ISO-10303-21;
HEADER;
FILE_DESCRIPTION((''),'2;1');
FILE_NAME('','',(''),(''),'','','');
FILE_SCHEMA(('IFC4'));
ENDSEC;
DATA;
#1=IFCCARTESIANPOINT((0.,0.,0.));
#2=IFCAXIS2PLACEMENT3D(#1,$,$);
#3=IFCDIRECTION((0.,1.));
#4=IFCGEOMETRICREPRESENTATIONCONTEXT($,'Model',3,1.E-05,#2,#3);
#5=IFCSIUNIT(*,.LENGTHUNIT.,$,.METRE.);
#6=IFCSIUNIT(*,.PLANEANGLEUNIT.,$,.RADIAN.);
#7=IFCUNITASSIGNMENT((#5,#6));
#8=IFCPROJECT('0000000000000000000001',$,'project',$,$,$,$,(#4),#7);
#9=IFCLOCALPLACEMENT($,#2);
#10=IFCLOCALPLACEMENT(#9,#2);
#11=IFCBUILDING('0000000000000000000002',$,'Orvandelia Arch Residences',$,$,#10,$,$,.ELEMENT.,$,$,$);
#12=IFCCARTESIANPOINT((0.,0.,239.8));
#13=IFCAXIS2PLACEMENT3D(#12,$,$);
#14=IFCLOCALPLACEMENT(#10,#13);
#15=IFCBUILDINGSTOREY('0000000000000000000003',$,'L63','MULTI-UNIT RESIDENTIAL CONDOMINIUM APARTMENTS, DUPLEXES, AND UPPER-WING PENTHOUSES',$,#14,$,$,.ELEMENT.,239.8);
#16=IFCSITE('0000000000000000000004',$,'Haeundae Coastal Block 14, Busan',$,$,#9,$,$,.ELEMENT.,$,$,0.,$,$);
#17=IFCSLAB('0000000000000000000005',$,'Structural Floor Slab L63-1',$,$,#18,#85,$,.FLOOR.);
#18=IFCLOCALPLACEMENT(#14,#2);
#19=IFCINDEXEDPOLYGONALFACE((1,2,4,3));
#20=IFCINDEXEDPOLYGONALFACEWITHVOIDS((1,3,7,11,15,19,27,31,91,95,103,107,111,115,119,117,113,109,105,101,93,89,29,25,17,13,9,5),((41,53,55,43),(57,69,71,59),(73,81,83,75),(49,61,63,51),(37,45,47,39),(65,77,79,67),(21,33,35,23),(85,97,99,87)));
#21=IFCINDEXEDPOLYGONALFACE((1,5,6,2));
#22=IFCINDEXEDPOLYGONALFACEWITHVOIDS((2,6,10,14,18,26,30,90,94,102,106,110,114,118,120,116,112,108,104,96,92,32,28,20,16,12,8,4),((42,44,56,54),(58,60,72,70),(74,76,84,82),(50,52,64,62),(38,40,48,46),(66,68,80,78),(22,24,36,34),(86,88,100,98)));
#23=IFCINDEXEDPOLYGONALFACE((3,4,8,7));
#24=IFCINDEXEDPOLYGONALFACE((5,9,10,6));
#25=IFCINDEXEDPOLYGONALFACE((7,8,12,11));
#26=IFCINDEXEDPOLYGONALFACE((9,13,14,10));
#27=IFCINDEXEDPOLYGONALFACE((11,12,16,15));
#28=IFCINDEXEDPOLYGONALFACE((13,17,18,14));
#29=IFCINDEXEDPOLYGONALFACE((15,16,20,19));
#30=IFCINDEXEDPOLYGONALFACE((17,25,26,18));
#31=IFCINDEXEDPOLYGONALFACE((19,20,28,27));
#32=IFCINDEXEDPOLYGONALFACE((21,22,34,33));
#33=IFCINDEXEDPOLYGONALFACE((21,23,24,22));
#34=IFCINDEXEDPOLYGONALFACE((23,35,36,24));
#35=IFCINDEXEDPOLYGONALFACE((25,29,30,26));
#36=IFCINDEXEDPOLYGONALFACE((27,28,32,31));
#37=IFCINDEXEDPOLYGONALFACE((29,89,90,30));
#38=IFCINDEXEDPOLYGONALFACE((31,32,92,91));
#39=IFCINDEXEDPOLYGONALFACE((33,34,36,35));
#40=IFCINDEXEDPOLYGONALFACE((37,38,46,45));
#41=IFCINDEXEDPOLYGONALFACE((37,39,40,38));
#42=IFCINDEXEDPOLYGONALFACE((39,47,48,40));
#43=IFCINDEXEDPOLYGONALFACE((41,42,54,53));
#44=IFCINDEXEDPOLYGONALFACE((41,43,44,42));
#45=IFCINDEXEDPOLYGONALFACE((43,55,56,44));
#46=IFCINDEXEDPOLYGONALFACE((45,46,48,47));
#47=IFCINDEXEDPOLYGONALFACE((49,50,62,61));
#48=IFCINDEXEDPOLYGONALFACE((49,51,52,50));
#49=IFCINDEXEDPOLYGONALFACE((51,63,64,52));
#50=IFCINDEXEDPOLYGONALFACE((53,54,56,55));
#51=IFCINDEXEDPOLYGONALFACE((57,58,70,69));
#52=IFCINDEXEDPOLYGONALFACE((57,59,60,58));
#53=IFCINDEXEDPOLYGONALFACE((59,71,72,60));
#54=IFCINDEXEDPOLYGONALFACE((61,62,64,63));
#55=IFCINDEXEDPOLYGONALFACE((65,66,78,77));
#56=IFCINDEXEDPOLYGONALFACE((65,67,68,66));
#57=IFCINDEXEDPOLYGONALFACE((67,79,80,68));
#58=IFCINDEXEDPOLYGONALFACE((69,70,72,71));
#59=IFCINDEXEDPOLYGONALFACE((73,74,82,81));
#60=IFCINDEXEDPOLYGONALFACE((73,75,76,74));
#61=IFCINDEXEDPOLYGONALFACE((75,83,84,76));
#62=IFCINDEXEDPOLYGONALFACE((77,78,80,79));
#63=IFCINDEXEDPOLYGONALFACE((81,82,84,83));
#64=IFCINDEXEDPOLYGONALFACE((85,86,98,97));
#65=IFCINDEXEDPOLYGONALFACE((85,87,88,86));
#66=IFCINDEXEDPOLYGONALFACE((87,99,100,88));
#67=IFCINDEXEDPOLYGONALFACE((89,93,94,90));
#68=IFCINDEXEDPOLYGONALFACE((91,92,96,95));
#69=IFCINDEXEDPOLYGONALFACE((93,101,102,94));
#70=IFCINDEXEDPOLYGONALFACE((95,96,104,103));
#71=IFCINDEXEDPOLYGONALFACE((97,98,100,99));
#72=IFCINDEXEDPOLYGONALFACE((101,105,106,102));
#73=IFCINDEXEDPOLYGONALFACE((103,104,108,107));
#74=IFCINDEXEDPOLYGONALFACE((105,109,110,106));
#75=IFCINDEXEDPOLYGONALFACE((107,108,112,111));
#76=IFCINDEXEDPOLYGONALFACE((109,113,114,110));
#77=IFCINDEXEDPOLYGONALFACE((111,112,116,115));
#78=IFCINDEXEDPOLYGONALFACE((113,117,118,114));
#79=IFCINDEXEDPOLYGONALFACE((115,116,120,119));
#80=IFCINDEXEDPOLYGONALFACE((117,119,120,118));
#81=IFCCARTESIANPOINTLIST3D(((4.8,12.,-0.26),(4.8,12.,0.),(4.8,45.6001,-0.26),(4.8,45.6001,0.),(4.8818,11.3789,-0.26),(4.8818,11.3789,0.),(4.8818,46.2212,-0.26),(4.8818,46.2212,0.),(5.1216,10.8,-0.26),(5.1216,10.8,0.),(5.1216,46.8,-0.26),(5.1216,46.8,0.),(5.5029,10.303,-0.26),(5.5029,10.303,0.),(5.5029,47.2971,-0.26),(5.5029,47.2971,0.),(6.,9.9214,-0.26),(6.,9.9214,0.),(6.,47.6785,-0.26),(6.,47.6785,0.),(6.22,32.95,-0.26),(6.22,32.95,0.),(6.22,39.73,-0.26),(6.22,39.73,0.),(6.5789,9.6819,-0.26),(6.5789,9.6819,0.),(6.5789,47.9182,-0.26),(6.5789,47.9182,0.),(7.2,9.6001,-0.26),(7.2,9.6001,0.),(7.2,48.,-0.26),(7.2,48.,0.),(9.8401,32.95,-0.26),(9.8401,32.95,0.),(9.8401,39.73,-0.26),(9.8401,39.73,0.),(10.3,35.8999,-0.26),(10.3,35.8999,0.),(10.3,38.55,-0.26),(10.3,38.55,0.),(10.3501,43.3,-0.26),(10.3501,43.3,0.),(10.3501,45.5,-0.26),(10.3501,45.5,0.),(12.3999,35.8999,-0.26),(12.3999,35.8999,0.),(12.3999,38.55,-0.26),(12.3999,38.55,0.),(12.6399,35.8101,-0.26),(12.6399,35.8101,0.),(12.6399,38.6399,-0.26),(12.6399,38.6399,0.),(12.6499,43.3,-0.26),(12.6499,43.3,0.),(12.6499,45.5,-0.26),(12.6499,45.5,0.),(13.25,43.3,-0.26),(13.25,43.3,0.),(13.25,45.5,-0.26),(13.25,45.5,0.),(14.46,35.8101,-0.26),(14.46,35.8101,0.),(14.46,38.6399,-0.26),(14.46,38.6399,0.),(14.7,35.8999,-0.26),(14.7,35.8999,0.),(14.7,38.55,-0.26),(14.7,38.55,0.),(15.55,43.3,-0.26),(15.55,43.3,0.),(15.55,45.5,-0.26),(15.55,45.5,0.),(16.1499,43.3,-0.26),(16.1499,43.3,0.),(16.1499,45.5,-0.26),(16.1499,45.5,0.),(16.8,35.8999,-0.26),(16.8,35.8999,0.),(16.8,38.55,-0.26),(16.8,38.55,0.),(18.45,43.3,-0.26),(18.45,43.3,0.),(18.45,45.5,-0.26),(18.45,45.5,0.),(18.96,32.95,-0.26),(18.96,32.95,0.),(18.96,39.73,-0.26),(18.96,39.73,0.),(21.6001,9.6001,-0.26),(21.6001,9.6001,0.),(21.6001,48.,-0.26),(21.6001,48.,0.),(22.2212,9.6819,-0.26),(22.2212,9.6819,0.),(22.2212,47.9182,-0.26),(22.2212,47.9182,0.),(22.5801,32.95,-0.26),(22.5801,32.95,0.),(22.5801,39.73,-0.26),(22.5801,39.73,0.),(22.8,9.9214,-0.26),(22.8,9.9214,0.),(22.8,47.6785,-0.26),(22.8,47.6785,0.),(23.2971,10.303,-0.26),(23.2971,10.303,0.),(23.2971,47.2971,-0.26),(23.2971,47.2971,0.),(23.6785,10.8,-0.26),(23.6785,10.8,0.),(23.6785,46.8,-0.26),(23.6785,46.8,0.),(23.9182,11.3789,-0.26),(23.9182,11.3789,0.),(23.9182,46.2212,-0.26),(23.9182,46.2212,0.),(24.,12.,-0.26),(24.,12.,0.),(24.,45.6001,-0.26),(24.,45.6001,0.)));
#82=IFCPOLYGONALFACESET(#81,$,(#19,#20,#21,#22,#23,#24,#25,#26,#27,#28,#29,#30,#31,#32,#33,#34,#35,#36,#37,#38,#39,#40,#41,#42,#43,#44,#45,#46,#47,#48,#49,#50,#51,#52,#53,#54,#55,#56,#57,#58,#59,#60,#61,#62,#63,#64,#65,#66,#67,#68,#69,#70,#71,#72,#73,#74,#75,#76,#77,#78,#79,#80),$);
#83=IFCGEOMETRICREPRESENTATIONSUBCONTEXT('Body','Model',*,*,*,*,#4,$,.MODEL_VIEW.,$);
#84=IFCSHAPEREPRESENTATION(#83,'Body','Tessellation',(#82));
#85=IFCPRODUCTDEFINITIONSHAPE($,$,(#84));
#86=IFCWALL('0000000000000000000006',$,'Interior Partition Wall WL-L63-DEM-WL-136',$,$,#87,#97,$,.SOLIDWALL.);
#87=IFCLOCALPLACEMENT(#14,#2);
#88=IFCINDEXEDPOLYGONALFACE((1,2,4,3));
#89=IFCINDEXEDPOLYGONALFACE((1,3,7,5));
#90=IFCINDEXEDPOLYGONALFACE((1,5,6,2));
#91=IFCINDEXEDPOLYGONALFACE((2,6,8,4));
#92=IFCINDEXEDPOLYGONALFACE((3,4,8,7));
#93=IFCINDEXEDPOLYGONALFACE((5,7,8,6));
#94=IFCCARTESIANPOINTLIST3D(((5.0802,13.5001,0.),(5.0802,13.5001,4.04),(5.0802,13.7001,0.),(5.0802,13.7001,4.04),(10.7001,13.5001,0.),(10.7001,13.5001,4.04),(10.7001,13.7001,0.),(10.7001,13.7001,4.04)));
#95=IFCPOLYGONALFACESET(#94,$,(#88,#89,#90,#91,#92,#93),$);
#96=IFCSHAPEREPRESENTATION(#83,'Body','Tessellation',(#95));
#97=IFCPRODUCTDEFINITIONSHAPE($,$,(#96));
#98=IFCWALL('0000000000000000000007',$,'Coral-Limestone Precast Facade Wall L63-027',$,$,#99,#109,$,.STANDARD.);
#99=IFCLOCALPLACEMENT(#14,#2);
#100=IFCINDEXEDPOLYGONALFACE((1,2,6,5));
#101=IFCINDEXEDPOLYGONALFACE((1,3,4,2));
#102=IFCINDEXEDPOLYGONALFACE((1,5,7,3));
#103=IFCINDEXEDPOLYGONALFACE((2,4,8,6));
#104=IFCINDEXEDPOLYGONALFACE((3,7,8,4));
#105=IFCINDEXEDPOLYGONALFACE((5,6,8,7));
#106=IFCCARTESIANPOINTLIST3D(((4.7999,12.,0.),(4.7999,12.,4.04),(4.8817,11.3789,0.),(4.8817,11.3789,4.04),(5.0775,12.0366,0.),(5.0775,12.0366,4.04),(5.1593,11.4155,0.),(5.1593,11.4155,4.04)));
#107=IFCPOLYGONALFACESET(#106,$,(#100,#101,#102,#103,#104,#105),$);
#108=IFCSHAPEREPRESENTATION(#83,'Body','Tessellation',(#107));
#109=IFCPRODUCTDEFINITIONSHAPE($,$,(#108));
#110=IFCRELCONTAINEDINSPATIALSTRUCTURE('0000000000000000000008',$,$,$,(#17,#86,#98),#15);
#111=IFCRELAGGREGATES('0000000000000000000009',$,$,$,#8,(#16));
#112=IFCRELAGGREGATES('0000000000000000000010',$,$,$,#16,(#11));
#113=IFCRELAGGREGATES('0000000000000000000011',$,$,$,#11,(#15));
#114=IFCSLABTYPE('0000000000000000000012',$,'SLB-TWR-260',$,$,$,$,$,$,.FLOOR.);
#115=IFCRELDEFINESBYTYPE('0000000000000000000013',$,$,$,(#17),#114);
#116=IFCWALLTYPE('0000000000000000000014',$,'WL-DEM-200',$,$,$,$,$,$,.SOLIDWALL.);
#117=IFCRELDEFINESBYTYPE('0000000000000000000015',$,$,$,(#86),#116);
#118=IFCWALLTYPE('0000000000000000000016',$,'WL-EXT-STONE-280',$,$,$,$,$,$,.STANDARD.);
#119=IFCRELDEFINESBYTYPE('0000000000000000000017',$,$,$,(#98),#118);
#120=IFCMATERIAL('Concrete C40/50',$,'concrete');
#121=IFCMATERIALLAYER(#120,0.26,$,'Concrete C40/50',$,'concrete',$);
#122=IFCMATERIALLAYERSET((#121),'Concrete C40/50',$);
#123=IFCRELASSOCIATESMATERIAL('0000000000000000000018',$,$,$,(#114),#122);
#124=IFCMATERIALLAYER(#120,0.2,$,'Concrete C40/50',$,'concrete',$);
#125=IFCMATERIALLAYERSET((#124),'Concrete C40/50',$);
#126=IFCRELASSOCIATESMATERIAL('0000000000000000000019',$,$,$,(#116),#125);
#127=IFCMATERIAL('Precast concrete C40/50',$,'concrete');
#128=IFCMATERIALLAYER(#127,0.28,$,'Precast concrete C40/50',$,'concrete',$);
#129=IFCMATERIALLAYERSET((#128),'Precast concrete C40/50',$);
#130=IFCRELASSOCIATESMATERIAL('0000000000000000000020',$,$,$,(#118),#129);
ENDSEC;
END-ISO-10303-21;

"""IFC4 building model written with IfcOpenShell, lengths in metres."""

from ifc_helpers import new_model, si_unit, direction, frame, frame_2d, origin, place, context, subcontext, project, spatial, polyline, rectangle, outline, extrude, material, layer, layer_set, type_object, element, save


model = new_model("IFC4")

# Units and contexts
model_context = context("Model", 3, precision=1e-05, world=origin(), true_north=direction((0.0, 1.0)))
body_context = subcontext(model_context, "Body", "Model", "MODEL_VIEW")
ifc_project = project(units=[si_unit("LENGTHUNIT", "METRE"), si_unit("PLANEANGLEUNIT", "RADIAN")], contexts=[model_context])

# Site, building, storey
site_placement = place(None, origin())
site = spatial("IfcSite", under=ifc_project, at=site_placement, Name="Haeundae Coastal Block 14, Busan", CompositionType="ELEMENT", RefElevation=0.0)
building_placement = place(site_placement, origin())
building = spatial("IfcBuilding", under=site, at=building_placement, Name="Orvandelia Arch Residences", CompositionType="ELEMENT")
storey_placement = place(building_placement, frame((0.0, 0.0, 239.8)))
storey = spatial("IfcBuildingStorey", under=building, at=storey_placement, Name="L63", Description="MULTI-UNIT RESIDENTIAL CONDOMINIUM APARTMENTS, DUPLEXES, AND UPPER-WING PENTHOUSES", CompositionType="ELEMENT", Elevation=239.8)

# Shared definitions
ifc_material_1 = material(Name="Precast concrete C40/50", Category="concrete")

# Shared definitions
ifc_material_2 = material(Name="Concrete C40/50", Category="concrete")

# Slab
ifc_layer_1 = layer(ifc_material_2, 0.26, Name="Concrete C40/50", Category="concrete")
ifc_layer_set_1 = layer_set([ifc_layer_1], Name="Concrete C40/50")
slab_type_1 = type_object("IfcSlabType", Name="SLB-TWR-260", PredefinedType="FLOOR", material=ifc_layer_set_1)
slab_1_placement = place(storey_placement, frame((0.0, 0.0, -0.26)))
element("IfcSlab", 1, at=slab_1_placement, inside=storey, type_object=slab_type_1, Name="Structural Floor Slab L63-1", PredefinedType="FLOOR", context=body_context, shape_type="SweptSolid", body=[
    extrude(outline(polyline([(4.8, 12.0), (4.8818, 11.3789), (5.1216, 10.8), (5.5029, 10.303), (6.0, 9.9214), (6.5789, 9.6819), (7.2, 9.6001), (21.6001, 9.6001), (22.2212, 9.6819), (22.8, 9.9214), (23.2971, 10.303), (23.6785, 10.8), (23.9182, 11.3789), (24.0, 12.0), (24.0, 45.6001), (23.9182, 46.2212), (23.6785, 46.8), (23.2971, 47.2971), (22.8, 47.6785), (22.2212, 47.9182), (21.6001, 48.0), (7.2, 48.0), (6.5789, 47.9182), (6.0, 47.6785), (5.5029, 47.2971), (5.1216, 46.8), (4.8818, 46.2212), (4.8, 45.6001), (4.8, 12.0)]), holes=[polyline([(6.22, 32.95), (9.8401, 32.95), (9.8401, 39.73), (6.22, 39.73), (6.22, 32.95)]), polyline([(18.96, 32.95), (22.5801, 32.95), (22.5801, 39.73), (18.96, 39.73), (18.96, 32.95)]), polyline([(12.6399, 35.8101), (14.46, 35.8101), (14.46, 38.6399), (12.6399, 38.6399), (12.6399, 35.8101)]), polyline([(10.3, 35.8999), (12.3999, 35.8999), (12.3999, 38.55), (10.3, 38.55), (10.3, 35.8999)]), polyline([(14.7, 35.8999), (16.8, 35.8999), (16.8, 38.55), (14.7, 38.55), (14.7, 35.8999)]), polyline([(10.3501, 43.3), (12.6499, 43.3), (12.6499, 45.5), (10.3501, 45.5), (10.3501, 43.3)]), polyline([(13.25, 43.3), (15.55, 43.3), (15.55, 45.5), (13.25, 45.5), (13.25, 43.3)]), polyline([(16.1499, 43.3), (18.45, 43.3), (18.45, 45.5), (16.1499, 45.5), (16.1499, 43.3)])]), origin(), (0.0, 0.0, 1.0), 0.26),
])

# Walls
ifc_layer_2 = layer(ifc_material_2, 0.2, Name="Concrete C40/50", Category="concrete")
ifc_layer_set_2 = layer_set([ifc_layer_2], Name="Concrete C40/50")
wall_type_1 = type_object("IfcWallType", Name="WL-DEM-200", PredefinedType="SOLIDWALL", material=ifc_layer_set_2)
wall_1_placement = place(storey_placement, frame((5.0801, 13.6001, 0.0), z_axis=(0.0, 0.0, 1.0), x_axis=(1.0, 0.0, 0.0)))
element("IfcWall", 2, at=wall_1_placement, inside=storey, type_object=wall_type_1, Name="Interior Partition Wall WL-L63-DEM-WL-136", PredefinedType="SOLIDWALL", context=body_context, shape_type="SweptSolid", body=[
    extrude(rectangle(XDim=5.6199, YDim=0.2, at=frame_2d((2.8101, 0.0))), origin(), (0.0, 0.0, 1.0), 4.04),
])
ifc_layer_3 = layer(ifc_material_1, 0.28, Name="Precast concrete C40/50", Category="concrete")
ifc_layer_set_3 = layer_set([ifc_layer_3], Name="Precast concrete C40/50")
wall_type_2 = type_object("IfcWallType", Name="WL-EXT-STONE-280", PredefinedType="STANDARD", material=ifc_layer_set_3)
wall_2_placement = place(storey_placement, frame((5.0205, 11.3972, 0.0), z_axis=(0.0, 0.0, 1.0), x_axis=(-0.130555, 0.991441, 0.0)))
element("IfcWall", 3, at=wall_2_placement, inside=storey, type_object=wall_type_2, Name="Coral-Limestone Precast Facade Wall L63-027", PredefinedType="STANDARD", context=body_context, shape_type="SweptSolid", body=[
    extrude(rectangle(XDim=0.6265, YDim=0.28, at=frame_2d((0.3132, 0.0))), origin(), (0.0, 0.0, 1.0), 4.04),
])

save(model, "model.ifc")
